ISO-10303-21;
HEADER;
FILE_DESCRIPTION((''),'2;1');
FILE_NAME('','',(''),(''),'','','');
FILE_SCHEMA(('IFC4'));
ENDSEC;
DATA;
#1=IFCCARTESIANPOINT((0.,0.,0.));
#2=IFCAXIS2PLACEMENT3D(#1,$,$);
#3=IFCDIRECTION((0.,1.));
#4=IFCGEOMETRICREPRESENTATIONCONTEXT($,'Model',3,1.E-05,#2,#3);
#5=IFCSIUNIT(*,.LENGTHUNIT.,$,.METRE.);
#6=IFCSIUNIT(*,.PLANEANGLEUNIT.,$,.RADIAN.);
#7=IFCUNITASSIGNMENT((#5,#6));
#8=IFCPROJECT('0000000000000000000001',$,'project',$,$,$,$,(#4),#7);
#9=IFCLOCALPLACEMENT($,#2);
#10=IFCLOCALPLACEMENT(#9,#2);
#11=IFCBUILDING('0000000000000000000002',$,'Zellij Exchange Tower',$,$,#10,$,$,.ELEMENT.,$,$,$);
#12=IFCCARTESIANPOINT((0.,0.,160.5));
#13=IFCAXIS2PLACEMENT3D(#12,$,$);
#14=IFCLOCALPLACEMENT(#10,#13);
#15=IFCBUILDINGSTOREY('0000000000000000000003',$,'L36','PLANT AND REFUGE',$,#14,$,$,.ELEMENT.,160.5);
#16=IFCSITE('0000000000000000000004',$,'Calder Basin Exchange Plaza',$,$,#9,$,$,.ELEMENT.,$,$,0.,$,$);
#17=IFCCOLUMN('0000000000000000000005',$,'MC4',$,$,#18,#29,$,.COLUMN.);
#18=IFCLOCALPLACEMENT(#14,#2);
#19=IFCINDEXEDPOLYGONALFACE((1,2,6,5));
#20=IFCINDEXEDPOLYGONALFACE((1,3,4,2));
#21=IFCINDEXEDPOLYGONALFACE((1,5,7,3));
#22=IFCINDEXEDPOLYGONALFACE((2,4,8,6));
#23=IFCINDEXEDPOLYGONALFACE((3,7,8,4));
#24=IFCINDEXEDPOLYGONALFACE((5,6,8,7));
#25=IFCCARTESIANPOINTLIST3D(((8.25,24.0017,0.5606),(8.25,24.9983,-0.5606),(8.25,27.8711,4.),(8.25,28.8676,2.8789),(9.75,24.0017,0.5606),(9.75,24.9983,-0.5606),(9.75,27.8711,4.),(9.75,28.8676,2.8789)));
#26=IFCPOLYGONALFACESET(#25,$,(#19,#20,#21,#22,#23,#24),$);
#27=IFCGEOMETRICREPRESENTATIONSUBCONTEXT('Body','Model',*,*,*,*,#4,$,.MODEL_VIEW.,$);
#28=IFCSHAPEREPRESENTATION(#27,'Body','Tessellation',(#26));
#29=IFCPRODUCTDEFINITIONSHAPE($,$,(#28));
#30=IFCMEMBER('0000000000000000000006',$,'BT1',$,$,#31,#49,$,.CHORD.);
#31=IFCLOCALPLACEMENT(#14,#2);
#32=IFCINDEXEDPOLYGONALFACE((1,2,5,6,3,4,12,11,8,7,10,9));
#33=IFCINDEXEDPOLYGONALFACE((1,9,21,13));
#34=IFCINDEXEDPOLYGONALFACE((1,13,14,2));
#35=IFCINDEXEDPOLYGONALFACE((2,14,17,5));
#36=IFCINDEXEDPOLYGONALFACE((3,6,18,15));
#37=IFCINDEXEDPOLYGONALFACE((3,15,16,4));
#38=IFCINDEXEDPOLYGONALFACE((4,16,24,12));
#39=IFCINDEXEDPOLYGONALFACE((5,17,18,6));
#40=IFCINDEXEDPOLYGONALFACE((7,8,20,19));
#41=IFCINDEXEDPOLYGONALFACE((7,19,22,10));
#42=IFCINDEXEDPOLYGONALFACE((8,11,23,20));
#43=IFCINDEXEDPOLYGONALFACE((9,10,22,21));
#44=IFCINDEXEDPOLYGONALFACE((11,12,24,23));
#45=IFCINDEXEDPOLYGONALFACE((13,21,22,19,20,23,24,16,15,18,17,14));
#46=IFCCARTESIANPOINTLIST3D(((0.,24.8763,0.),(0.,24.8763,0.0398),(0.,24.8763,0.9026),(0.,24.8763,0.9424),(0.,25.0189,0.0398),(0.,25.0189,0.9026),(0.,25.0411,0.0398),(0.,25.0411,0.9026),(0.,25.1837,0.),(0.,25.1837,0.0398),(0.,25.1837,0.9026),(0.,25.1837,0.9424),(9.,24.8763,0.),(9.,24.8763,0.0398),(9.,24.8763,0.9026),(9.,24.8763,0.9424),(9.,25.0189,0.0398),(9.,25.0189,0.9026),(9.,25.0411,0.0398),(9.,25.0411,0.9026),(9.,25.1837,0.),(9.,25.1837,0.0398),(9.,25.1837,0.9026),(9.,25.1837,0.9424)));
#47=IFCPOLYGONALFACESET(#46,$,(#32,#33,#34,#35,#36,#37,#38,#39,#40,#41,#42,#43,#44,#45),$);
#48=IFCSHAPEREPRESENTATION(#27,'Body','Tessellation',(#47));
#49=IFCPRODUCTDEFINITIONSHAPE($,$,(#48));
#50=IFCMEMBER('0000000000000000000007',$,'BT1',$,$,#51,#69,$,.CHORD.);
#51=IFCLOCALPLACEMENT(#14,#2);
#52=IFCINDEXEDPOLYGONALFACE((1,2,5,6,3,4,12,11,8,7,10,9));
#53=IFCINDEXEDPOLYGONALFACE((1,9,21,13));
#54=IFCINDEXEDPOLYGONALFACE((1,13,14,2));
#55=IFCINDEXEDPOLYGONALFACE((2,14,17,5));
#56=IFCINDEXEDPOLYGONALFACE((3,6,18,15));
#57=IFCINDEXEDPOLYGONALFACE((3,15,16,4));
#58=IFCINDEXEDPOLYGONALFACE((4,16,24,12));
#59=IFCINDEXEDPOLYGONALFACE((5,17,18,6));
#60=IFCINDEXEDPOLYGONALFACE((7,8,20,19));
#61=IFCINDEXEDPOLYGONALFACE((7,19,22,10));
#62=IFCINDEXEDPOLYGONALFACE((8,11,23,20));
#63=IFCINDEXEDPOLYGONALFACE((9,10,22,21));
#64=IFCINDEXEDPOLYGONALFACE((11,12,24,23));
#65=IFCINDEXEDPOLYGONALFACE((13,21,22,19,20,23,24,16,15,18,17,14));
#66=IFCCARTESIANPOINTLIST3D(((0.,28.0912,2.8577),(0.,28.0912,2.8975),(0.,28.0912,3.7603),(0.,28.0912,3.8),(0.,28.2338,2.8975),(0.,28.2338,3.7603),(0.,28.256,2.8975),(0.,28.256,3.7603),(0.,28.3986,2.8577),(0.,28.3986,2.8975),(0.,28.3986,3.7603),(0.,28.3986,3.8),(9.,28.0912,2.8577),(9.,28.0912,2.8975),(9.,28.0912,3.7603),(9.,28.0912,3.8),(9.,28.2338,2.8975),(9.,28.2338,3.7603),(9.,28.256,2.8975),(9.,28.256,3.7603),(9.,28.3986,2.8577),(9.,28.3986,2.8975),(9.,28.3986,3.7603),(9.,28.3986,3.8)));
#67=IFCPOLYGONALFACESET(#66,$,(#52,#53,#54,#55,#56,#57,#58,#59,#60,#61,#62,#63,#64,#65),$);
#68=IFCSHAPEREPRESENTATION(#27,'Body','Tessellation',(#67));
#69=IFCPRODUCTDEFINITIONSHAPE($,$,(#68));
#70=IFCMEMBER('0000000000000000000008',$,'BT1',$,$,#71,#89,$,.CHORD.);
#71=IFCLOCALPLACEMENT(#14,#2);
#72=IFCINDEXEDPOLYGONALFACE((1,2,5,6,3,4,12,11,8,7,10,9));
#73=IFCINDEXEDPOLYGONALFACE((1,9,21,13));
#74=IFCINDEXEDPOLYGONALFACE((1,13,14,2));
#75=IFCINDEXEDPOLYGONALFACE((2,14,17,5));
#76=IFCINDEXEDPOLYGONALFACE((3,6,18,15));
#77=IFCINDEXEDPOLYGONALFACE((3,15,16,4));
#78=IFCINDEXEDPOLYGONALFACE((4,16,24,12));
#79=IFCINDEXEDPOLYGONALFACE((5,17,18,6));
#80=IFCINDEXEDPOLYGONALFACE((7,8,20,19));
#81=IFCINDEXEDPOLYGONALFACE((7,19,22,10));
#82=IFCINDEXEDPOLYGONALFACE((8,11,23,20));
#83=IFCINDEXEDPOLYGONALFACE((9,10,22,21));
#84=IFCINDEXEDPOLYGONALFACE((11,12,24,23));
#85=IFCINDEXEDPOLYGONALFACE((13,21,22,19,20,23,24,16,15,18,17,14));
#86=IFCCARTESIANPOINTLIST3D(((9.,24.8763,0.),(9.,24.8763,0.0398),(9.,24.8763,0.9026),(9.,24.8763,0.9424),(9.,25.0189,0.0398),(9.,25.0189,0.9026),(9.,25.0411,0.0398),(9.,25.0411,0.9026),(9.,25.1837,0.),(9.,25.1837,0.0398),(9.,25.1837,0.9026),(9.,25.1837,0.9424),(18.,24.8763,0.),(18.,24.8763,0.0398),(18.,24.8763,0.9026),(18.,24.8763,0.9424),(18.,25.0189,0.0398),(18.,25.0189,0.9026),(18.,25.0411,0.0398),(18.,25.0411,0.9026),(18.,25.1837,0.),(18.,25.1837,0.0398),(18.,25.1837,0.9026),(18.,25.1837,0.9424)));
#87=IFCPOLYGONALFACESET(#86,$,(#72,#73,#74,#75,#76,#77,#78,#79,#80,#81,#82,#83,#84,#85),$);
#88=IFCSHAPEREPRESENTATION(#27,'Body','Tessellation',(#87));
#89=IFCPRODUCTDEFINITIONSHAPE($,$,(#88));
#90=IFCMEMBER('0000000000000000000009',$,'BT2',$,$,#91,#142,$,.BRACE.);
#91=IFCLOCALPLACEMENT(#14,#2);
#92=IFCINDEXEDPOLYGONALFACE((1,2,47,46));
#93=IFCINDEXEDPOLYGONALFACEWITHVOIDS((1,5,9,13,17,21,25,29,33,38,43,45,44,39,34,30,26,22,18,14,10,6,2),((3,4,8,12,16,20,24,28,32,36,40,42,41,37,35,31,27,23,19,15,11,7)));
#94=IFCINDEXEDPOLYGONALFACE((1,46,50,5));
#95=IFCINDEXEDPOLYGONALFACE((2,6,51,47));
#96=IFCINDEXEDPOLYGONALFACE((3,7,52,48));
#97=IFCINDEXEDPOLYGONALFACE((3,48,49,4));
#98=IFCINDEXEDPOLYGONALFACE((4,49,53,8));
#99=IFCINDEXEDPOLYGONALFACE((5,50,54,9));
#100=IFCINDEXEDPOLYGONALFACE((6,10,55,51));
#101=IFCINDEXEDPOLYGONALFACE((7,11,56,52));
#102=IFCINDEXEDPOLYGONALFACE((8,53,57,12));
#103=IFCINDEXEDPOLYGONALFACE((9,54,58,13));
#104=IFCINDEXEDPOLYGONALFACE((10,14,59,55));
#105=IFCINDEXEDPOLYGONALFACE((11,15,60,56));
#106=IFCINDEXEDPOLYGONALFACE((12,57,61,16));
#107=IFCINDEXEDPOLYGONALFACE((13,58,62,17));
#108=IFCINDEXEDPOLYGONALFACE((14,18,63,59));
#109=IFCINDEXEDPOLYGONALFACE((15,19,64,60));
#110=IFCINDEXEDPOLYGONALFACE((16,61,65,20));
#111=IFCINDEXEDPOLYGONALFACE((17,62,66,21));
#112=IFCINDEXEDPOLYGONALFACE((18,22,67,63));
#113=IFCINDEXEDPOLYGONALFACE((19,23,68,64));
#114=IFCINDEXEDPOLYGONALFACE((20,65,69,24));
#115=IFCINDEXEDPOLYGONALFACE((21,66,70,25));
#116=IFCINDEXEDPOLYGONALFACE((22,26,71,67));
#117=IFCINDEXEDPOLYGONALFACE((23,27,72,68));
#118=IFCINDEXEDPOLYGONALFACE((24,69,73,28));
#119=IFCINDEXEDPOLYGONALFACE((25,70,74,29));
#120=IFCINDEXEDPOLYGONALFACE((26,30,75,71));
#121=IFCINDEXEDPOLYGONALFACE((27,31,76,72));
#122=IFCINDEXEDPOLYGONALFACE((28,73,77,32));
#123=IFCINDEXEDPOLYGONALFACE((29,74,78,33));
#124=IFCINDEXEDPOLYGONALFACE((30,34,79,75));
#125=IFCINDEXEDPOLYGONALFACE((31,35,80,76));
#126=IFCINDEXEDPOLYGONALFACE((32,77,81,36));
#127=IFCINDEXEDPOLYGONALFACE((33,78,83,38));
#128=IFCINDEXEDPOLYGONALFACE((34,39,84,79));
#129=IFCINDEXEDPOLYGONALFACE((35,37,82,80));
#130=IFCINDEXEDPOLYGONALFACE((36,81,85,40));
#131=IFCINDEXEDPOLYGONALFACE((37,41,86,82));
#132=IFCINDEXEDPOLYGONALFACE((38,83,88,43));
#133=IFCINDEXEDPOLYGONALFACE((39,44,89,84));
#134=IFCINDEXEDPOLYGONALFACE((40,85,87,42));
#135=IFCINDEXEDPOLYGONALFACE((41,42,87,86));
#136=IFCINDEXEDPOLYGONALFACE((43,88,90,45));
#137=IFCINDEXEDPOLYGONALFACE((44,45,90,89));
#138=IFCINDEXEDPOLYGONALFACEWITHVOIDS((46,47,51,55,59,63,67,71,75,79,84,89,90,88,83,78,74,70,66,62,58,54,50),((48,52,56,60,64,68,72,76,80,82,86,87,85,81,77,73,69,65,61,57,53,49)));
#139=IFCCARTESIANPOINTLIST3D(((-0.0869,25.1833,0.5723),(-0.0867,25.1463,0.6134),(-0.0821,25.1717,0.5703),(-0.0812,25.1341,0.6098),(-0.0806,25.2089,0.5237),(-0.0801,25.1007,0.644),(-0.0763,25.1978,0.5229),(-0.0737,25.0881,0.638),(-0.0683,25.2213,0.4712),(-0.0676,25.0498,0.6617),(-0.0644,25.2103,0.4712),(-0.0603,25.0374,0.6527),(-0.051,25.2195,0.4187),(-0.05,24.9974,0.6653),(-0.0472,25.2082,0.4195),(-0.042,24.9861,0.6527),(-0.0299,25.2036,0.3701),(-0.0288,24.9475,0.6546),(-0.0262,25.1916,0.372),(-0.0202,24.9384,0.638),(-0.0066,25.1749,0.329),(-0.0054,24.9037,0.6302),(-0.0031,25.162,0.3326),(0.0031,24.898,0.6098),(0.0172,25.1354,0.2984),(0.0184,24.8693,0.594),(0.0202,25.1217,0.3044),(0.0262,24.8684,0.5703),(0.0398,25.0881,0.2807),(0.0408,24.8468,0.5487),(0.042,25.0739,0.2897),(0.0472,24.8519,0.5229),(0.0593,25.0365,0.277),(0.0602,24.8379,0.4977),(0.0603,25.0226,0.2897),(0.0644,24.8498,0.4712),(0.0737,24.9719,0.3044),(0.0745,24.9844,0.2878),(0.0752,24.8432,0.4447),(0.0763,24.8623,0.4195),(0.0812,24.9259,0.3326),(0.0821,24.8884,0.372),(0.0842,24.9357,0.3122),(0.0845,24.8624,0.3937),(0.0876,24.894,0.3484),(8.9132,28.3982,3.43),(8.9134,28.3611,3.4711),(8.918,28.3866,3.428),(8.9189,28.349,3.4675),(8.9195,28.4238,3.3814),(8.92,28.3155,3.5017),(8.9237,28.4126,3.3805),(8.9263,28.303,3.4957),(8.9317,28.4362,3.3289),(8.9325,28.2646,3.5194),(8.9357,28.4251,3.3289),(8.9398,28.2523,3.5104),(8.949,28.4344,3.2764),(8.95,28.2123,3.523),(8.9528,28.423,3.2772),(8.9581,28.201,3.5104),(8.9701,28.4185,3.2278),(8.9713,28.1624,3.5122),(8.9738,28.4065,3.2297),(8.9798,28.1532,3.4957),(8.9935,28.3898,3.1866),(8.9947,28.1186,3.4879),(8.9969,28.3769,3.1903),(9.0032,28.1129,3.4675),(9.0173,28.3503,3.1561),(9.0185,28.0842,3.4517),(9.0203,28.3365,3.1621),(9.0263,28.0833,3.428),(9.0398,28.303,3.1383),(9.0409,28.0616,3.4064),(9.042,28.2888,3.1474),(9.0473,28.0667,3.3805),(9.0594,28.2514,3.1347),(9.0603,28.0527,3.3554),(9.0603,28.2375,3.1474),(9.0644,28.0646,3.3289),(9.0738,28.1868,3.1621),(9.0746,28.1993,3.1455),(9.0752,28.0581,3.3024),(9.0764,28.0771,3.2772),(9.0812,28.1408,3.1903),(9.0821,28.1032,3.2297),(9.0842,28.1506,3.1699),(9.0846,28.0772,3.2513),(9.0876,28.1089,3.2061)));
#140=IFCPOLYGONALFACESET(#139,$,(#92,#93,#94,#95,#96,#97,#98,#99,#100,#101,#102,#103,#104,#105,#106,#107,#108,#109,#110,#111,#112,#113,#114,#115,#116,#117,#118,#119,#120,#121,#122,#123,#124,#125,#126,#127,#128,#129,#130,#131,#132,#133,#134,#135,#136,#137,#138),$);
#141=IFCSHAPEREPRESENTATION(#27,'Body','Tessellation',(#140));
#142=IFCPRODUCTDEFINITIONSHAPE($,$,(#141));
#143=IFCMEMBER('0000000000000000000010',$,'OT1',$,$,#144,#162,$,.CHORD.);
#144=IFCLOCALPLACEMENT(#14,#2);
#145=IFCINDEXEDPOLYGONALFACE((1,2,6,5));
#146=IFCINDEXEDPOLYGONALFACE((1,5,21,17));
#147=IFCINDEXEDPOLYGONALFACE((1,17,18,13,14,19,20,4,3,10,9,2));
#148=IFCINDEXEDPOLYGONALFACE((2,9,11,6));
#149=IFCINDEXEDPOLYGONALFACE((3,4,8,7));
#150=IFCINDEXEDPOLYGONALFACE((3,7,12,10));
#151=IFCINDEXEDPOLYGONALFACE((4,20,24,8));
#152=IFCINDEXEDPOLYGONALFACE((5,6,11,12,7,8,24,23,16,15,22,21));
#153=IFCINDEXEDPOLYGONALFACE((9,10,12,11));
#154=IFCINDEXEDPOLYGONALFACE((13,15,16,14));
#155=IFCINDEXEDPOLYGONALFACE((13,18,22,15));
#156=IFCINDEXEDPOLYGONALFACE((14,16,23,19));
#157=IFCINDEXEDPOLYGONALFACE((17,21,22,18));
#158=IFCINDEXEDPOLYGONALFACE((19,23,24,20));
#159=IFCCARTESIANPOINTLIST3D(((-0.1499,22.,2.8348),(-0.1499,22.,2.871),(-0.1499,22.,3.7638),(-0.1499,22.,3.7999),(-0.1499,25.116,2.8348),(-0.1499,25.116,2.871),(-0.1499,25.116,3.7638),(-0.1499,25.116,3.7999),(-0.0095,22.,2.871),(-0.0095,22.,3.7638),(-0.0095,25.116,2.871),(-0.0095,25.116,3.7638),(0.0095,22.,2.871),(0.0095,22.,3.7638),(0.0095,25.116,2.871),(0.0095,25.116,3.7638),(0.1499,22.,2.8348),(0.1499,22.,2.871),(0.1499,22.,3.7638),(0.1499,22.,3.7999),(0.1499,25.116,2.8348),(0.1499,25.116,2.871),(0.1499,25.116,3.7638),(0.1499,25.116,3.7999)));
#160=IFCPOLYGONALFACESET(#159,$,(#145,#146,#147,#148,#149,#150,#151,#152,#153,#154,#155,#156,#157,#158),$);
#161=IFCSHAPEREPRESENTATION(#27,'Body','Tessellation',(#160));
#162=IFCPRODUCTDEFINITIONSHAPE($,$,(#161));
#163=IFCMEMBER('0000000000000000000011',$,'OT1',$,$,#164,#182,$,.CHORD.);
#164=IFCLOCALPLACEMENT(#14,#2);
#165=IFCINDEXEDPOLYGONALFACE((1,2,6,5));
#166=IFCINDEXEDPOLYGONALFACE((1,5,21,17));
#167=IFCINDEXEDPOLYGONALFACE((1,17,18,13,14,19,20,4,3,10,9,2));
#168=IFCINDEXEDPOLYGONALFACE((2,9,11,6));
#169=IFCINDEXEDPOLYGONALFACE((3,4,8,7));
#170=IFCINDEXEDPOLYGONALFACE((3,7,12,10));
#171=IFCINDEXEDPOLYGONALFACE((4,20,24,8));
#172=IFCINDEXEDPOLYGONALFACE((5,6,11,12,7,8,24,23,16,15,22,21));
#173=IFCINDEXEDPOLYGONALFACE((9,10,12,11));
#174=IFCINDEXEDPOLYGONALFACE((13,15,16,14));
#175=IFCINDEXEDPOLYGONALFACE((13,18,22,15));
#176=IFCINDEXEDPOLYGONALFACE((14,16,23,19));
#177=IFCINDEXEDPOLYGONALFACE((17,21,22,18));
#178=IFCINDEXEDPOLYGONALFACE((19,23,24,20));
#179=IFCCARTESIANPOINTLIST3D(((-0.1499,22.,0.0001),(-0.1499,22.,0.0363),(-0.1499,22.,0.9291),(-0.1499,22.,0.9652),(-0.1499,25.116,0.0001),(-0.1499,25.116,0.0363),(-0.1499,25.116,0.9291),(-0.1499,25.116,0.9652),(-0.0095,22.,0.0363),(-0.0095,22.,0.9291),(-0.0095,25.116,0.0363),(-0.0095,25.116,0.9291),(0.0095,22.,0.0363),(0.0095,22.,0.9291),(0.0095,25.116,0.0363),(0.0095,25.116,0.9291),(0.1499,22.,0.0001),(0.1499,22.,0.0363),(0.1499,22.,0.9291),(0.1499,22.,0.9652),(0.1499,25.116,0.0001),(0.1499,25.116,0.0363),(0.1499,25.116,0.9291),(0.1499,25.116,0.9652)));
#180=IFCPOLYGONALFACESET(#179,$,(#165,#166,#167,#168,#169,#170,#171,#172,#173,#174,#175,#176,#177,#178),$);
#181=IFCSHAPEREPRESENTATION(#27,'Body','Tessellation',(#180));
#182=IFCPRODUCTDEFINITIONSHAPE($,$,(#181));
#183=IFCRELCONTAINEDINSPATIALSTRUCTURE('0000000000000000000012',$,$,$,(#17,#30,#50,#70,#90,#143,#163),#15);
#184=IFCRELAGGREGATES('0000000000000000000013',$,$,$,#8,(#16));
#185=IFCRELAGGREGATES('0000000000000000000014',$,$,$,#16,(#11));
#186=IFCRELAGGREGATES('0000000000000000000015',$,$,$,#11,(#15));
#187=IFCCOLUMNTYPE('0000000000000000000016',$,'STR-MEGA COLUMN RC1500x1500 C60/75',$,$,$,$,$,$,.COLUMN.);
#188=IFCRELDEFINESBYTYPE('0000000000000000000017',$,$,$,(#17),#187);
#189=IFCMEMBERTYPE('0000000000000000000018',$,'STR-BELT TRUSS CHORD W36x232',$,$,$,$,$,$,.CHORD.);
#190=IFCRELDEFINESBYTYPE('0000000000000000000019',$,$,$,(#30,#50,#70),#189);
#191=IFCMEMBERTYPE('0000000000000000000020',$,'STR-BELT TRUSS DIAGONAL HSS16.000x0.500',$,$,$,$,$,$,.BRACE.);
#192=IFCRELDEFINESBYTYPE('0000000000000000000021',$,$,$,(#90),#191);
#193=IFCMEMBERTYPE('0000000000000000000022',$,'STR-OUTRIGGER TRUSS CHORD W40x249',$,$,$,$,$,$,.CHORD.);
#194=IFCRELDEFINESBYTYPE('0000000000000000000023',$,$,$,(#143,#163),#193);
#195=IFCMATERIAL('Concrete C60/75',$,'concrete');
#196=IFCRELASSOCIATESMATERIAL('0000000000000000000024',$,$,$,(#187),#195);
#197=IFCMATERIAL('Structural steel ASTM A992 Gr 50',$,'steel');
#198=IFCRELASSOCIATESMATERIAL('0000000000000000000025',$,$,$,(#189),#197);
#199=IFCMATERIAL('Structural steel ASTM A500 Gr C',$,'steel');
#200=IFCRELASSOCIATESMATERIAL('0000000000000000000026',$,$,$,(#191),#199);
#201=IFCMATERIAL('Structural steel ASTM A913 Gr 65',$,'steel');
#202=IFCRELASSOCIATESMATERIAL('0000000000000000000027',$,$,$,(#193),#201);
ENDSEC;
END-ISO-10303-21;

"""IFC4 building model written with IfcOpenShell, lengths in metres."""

from ifc_helpers import new_model, si_unit, direction, frame, origin, origin_2d, place, context, subcontext, project, spatial, rectangle, hollow_circle, i_section, extrude, clip, halfspace, material, material_profile, profile_set, type_object, element, save


model = new_model("IFC4")

# Units and contexts
model_context = context("Model", 3, precision=1e-05, world=origin(), true_north=direction((0.0, 1.0)))
body_context = subcontext(model_context, "Body", "Model", "MODEL_VIEW")
ifc_project = project(units=[si_unit("LENGTHUNIT", "METRE"), si_unit("PLANEANGLEUNIT", "RADIAN")], contexts=[model_context])

# Site, building, storey
site_placement = place(None, origin())
site = spatial("IfcSite", under=ifc_project, at=site_placement, Name="Calder Basin Exchange Plaza", CompositionType="ELEMENT", RefElevation=0.0)
building_placement = place(site_placement, origin())
building = spatial("IfcBuilding", under=site, at=building_placement, Name="Zellij Exchange Tower", CompositionType="ELEMENT")
storey_placement = place(building_placement, frame((0.0, 0.0, 160.5)))
storey = spatial("IfcBuildingStorey", under=building, at=storey_placement, Name="L36", Description="PLANT AND REFUGE", CompositionType="ELEMENT", Elevation=160.5)

# Column
ifc_material_1 = material(Name="Concrete C60/75", Category="concrete")
ifc_material_profile_1 = material_profile(ifc_material_1, rectangle(XDim=1.5, YDim=1.5, at=origin_2d()), Name="STR-MEGA COLUMN RC1500x1500 C60/75")
ifc_profile_set_1 = profile_set([ifc_material_profile_1], Name="Concrete C60/75")
column_type = type_object("IfcColumnType", Name="STR-MEGA COLUMN RC1500x1500 C60/75", PredefinedType="COLUMN", material=ifc_profile_set_1)
column_placement = place(storey_placement, frame((9.0, 24.5, 0.0), z_axis=(0.0, 0.747409, 0.664364), x_axis=(-1.0, 0.0, 0.0)))
element("IfcColumn", 1, at=column_placement, inside=storey, type_object=column_type, Name="MC4", PredefinedType="COLUMN", context=body_context, shape_type="Clipping", body=[
    clip(extrude(rectangle(XDim=1.5, YDim=1.5, at=origin_2d()), origin(), (0.0, 0.0, 1.0), 6.0208), halfspace(frame((0.0, 0.0, 5.177)), False)),
])

# Members
ifc_material_2 = material(Name="Structural steel ASTM A992 Gr 50", Category="steel")
ifc_material_profile_2 = material_profile(ifc_material_2, i_section(OverallWidth=0.3074, OverallDepth=0.9424, WebThickness=0.0222, FlangeThickness=0.0398, at=origin_2d()), Name="W36x232")
ifc_profile_set_2 = profile_set([ifc_material_profile_2], Name="Structural steel ASTM A992 Gr 50")
member_type_1 = type_object("IfcMemberType", Name="STR-BELT TRUSS CHORD W36x232", PredefinedType="CHORD", material=ifc_profile_set_2)
for number, where, z_axis, x_axis, name in (
    (2, (0.0, 25.03, 0.4712), (1.0, 0.0, 0.0), (0.0, 1.0, 0.0), "BT1"),
    (3, (0.0, 28.2449, 3.3289), (1.0, 0.0, 0.0), (0.0, 1.0, 0.0), "BT1"),
    (4, (9.0, 25.03, 0.4712), (1.0, 0.0, 0.0), (0.0, 1.0, 0.0), "BT1"),
):
    element("IfcMember", number, at=place(storey_placement, frame(where, z_axis=z_axis, x_axis=x_axis)), inside=storey, type_object=member_type_1, Name=name, PredefinedType="CHORD", context=body_context, shape_type="SweptSolid", body=[
        extrude(i_section(OverallWidth=0.3074, OverallDepth=0.9424, WebThickness=0.0222, FlangeThickness=0.0398, at=origin_2d()), origin(), (0.0, 0.0, 1.0), 9.0),
    ])
ifc_material_3 = material(Name="Structural steel ASTM A500 Gr C", Category="steel")
ifc_material_profile_3 = material_profile(ifc_material_3, hollow_circle(Radius=0.2031, WallThickness=0.0117, at=origin_2d()), Name="STR-BELT TRUSS DIAGONAL HSS16.000x0.500")
ifc_profile_set_3 = profile_set([ifc_material_profile_3], Name="Structural steel ASTM A500 Gr C")
member_type_2 = type_object("IfcMemberType", Name="STR-BELT TRUSS DIAGONAL HSS16.000x0.500", PredefinedType="BRACE", material=ifc_profile_set_3)
member_1_placement = place(storey_placement, frame((0.0, 25.03, 0.4712), z_axis=(0.902252, 0.322289, 0.286482), x_axis=(-0.336388, 0.941723, 0.0)))
element("IfcMember", 5, at=member_1_placement, inside=storey, type_object=member_type_2, Name="BT2", PredefinedType="BRACE", context=body_context, shape_type="SweptSolid", body=[
    extrude(hollow_circle(Radius=0.2031, WallThickness=0.0117, at=origin_2d()), origin(), (0.0, 0.0, 1.0), 9.9751),
])
ifc_material_4 = material(Name="Structural steel ASTM A913 Gr 65", Category="steel")
ifc_material_profile_4 = material_profile(ifc_material_4, i_section(OverallWidth=0.2998, OverallDepth=0.9651, WebThickness=0.019, FlangeThickness=0.0361, at=origin_2d()), Name="W40x249")
ifc_profile_set_4 = profile_set([ifc_material_profile_4], Name="Structural steel ASTM A913 Gr 65")
member_type_3 = type_object("IfcMemberType", Name="STR-OUTRIGGER TRUSS CHORD W40x249", PredefinedType="CHORD", material=ifc_profile_set_4)
for number, where, z_axis, x_axis, name in (
    (6, (0.0, 22.0, 3.3174), (0.0, 1.0, 0.0), (-1.0, 0.0, 0.0), "OT1"),
    (7, (0.0, 22.0, 0.4827), (0.0, 1.0, 0.0), (-1.0, 0.0, 0.0), "OT1"),
):
    element("IfcMember", number, at=place(storey_placement, frame(where, z_axis=z_axis, x_axis=x_axis)), inside=storey, type_object=member_type_3, Name=name, PredefinedType="CHORD", context=body_context, shape_type="SweptSolid", body=[
        extrude(i_section(OverallWidth=0.2998, OverallDepth=0.9651, WebThickness=0.019, FlangeThickness=0.0361, at=origin_2d()), origin(), (0.0, 0.0, 1.0), 3.116),
    ])

save(model, "model.ifc")
